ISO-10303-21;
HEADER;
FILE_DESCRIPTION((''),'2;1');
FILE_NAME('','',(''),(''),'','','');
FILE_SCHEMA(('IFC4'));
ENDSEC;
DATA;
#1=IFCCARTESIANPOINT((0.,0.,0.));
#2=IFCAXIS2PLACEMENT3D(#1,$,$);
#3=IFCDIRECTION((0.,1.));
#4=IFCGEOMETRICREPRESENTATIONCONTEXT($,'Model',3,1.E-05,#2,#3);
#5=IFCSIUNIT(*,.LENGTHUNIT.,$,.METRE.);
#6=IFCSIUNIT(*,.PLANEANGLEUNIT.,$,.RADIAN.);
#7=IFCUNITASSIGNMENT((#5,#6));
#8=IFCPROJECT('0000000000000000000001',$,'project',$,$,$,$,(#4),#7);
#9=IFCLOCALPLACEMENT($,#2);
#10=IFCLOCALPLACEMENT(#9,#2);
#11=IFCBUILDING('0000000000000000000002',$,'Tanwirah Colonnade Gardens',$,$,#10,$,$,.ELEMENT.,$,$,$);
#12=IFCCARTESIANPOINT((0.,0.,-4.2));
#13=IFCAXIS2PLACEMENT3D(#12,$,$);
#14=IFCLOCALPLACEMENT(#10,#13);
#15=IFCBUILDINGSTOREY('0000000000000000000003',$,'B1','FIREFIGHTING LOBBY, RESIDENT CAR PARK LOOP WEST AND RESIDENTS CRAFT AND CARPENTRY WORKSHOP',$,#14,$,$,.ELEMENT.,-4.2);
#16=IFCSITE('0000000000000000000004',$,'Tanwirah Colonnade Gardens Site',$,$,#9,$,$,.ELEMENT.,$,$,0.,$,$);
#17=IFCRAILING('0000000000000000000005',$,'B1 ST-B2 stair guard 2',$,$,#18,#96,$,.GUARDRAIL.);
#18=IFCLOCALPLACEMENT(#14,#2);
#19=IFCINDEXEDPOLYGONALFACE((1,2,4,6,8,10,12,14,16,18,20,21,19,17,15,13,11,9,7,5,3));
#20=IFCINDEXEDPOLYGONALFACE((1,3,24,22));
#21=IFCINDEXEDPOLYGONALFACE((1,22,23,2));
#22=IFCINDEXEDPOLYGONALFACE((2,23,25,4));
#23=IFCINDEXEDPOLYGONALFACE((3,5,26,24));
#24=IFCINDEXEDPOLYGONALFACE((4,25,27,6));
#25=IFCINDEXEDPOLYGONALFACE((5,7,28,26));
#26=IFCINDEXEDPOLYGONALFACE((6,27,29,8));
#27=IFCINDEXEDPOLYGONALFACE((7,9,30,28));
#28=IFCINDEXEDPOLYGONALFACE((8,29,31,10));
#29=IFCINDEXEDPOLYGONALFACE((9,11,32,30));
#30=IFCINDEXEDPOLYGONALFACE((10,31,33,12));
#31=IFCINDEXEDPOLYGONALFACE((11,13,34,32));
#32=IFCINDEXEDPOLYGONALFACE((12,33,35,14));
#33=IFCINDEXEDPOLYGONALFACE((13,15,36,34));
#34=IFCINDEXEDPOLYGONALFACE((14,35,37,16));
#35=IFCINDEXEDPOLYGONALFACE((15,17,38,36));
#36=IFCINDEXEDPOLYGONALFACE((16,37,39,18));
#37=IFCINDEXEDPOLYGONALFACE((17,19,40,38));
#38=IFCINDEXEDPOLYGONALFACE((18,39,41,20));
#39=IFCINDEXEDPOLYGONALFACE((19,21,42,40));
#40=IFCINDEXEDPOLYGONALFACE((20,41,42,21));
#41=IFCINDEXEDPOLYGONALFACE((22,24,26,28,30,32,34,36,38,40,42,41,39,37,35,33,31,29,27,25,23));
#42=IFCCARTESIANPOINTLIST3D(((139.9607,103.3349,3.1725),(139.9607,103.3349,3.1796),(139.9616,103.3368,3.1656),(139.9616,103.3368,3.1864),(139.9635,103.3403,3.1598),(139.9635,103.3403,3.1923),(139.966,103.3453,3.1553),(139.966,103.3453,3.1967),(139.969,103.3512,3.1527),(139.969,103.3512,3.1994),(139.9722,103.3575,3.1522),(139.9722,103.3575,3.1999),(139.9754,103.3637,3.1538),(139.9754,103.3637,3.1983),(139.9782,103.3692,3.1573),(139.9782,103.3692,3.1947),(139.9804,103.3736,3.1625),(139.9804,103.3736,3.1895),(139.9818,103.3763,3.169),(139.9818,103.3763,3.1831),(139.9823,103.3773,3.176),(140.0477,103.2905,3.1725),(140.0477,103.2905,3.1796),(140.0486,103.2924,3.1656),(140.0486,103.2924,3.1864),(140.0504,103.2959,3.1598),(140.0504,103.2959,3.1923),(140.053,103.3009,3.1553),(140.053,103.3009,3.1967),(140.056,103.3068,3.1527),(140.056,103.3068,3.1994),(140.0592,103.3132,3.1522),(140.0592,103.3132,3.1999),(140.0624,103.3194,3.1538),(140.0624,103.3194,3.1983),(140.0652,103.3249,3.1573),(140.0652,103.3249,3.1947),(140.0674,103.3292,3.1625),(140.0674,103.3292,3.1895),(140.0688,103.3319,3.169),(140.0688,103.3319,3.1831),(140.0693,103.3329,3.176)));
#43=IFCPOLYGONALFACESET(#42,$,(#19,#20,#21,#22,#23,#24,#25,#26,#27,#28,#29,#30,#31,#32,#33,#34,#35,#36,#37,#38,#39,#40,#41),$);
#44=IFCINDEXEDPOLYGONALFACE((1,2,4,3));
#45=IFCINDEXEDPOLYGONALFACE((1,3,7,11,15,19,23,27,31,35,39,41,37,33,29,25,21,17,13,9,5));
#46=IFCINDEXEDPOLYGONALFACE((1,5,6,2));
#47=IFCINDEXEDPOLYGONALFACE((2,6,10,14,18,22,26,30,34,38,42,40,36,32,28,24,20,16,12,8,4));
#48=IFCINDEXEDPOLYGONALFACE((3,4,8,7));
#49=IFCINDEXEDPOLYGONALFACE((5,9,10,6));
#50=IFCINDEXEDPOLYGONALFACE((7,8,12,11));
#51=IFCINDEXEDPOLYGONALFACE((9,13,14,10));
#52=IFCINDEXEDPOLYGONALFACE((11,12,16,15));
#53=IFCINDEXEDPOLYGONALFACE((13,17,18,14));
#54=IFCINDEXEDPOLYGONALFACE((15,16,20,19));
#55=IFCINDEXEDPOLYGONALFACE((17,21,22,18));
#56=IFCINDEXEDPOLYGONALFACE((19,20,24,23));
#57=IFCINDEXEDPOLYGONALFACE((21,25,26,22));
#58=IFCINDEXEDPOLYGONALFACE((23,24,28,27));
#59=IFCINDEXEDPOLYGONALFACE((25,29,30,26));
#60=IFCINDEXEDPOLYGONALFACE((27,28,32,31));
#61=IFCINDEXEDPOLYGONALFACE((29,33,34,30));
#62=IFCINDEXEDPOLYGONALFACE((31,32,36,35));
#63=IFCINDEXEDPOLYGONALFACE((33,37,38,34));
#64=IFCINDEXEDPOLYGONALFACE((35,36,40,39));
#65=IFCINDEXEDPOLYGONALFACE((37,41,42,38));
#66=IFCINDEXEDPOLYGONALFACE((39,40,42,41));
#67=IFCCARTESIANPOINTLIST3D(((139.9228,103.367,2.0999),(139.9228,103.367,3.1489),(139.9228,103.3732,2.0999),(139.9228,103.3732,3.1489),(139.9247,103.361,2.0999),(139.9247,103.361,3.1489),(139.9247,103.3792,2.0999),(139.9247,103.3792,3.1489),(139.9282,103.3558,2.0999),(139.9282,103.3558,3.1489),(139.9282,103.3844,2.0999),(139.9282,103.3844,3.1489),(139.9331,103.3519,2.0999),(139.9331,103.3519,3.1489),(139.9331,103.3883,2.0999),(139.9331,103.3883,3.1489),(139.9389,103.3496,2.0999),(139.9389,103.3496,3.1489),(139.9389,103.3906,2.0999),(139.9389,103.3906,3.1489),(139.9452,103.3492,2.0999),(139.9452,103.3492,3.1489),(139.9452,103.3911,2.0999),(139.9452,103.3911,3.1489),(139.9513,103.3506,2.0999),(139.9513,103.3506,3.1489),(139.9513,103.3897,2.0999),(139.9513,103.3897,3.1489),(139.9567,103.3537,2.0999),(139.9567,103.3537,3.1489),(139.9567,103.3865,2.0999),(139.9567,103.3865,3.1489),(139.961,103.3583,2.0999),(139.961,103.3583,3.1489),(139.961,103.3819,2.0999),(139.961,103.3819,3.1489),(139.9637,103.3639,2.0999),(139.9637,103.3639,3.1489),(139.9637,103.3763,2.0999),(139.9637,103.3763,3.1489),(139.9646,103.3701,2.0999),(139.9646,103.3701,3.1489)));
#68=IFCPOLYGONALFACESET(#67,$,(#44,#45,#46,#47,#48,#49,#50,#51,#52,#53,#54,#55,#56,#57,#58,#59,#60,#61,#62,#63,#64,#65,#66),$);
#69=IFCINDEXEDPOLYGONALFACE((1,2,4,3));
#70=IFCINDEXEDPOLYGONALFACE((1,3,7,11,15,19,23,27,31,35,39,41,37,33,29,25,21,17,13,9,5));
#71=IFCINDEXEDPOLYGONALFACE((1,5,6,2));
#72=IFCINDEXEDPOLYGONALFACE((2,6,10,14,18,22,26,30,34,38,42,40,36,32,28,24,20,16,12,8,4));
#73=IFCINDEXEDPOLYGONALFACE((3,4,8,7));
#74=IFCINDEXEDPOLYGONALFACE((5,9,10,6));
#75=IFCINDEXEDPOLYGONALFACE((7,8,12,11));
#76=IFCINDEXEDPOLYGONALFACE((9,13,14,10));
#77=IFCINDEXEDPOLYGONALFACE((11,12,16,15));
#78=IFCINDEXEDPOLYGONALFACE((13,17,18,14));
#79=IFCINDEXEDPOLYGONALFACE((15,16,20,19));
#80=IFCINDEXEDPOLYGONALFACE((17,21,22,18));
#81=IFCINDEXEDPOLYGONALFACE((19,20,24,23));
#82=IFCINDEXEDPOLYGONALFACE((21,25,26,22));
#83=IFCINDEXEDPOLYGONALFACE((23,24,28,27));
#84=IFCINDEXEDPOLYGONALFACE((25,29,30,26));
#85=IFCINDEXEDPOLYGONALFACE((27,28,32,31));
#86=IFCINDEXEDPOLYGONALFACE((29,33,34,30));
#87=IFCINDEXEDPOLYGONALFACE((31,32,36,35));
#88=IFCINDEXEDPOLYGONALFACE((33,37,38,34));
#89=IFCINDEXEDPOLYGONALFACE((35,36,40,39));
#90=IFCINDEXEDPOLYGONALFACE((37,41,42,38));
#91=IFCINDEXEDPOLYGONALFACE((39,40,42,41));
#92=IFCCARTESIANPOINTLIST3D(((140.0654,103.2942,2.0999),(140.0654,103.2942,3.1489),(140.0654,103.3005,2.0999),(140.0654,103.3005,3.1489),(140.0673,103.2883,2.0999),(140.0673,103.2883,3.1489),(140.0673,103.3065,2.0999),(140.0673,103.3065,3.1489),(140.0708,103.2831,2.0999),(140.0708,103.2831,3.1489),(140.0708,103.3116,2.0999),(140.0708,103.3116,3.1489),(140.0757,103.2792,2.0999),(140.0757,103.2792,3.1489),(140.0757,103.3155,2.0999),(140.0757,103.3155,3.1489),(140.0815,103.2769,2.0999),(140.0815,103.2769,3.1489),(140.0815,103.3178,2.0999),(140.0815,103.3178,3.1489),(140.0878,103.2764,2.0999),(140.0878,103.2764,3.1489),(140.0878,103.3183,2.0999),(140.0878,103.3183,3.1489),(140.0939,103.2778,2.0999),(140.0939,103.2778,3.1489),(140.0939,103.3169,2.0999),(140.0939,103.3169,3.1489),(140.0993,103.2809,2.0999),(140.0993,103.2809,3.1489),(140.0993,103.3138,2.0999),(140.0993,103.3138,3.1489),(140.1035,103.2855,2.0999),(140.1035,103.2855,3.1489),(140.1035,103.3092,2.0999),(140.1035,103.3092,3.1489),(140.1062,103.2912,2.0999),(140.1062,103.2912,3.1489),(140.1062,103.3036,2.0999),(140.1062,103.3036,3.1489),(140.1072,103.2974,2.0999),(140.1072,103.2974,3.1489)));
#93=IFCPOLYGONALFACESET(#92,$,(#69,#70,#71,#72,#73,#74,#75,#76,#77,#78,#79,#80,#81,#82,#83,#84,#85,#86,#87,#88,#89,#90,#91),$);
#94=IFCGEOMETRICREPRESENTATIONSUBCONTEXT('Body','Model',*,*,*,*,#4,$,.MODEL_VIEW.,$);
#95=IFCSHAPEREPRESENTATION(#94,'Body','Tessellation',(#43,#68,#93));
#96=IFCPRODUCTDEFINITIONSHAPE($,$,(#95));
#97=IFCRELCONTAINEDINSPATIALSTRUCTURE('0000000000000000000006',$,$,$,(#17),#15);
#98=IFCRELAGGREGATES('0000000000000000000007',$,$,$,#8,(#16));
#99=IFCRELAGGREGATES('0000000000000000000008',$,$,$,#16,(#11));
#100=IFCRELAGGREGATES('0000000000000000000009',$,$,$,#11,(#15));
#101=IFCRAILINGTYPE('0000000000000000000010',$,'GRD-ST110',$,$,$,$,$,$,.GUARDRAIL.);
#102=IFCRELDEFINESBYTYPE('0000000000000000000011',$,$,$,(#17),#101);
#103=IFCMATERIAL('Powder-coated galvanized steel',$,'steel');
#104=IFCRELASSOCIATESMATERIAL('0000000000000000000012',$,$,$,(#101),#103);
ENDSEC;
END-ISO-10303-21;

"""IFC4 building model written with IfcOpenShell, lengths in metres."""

from ifc_helpers import new_model, si_unit, direction, frame, origin, origin_2d, place, context, subcontext, project, spatial, circle, extrude, material, type_object, element, save


model = new_model("IFC4")

# Units and contexts
model_context = context("Model", 3, precision=1e-05, world=origin(), true_north=direction((0.0, 1.0)))
body_context = subcontext(model_context, "Body", "Model", "MODEL_VIEW")
ifc_project = project(units=[si_unit("LENGTHUNIT", "METRE"), si_unit("PLANEANGLEUNIT", "RADIAN")], contexts=[model_context])

# Site, building, storey
site_placement = place(None, origin())
site = spatial("IfcSite", under=ifc_project, at=site_placement, Name="Tanwirah Colonnade Gardens Site", CompositionType="ELEMENT", RefElevation=0.0)
building_placement = place(site_placement, origin())
building = spatial("IfcBuilding", under=site, at=building_placement, Name="Tanwirah Colonnade Gardens", CompositionType="ELEMENT")
storey_placement = place(building_placement, frame((0.0, 0.0, -4.2)))
storey = spatial("IfcBuildingStorey", under=building, at=storey_placement, Name="B1", Description="FIREFIGHTING LOBBY, RESIDENT CAR PARK LOOP WEST AND RESIDENTS CRAFT AND CARPENTRY WORKSHOP", CompositionType="ELEMENT", Elevation=-4.2)

# Railing
ifc_material_1 = material(Name="Powder-coated galvanized steel", Category="steel")
railing_type_1 = type_object("IfcRailingType", Name="GRD-ST110", PredefinedType="GUARDRAIL", material=ifc_material_1)
railing_1_placement = place(storey_placement, frame((139.9436, 103.3701, 2.0999)))
element("IfcRailing", 1, at=railing_1_placement, inside=storey, type_object=railing_type_1, Name="B1 ST-B2 stair guard 2", PredefinedType="GUARDRAIL", context=body_context, shape_type="SweptSolid", body=[
    extrude(circle(Radius=0.0239, at=origin_2d()), frame((0.0278, -0.0142, 1.0762), z_axis=(0.890737, -0.45452, 0.0), x_axis=(0.45452, 0.890737, 0.0)), (0.0, 0.0, 1.0), 0.0977),
    extrude(circle(Radius=0.021, at=origin_2d()), origin(), (0.0, 0.0, 1.0), 1.0491),
    extrude(circle(Radius=0.021, at=origin_2d()), frame((0.1426, -0.0728, 0.0)), (0.0, 0.0, 1.0), 1.0491),
])

save(model, "model.ifc")
